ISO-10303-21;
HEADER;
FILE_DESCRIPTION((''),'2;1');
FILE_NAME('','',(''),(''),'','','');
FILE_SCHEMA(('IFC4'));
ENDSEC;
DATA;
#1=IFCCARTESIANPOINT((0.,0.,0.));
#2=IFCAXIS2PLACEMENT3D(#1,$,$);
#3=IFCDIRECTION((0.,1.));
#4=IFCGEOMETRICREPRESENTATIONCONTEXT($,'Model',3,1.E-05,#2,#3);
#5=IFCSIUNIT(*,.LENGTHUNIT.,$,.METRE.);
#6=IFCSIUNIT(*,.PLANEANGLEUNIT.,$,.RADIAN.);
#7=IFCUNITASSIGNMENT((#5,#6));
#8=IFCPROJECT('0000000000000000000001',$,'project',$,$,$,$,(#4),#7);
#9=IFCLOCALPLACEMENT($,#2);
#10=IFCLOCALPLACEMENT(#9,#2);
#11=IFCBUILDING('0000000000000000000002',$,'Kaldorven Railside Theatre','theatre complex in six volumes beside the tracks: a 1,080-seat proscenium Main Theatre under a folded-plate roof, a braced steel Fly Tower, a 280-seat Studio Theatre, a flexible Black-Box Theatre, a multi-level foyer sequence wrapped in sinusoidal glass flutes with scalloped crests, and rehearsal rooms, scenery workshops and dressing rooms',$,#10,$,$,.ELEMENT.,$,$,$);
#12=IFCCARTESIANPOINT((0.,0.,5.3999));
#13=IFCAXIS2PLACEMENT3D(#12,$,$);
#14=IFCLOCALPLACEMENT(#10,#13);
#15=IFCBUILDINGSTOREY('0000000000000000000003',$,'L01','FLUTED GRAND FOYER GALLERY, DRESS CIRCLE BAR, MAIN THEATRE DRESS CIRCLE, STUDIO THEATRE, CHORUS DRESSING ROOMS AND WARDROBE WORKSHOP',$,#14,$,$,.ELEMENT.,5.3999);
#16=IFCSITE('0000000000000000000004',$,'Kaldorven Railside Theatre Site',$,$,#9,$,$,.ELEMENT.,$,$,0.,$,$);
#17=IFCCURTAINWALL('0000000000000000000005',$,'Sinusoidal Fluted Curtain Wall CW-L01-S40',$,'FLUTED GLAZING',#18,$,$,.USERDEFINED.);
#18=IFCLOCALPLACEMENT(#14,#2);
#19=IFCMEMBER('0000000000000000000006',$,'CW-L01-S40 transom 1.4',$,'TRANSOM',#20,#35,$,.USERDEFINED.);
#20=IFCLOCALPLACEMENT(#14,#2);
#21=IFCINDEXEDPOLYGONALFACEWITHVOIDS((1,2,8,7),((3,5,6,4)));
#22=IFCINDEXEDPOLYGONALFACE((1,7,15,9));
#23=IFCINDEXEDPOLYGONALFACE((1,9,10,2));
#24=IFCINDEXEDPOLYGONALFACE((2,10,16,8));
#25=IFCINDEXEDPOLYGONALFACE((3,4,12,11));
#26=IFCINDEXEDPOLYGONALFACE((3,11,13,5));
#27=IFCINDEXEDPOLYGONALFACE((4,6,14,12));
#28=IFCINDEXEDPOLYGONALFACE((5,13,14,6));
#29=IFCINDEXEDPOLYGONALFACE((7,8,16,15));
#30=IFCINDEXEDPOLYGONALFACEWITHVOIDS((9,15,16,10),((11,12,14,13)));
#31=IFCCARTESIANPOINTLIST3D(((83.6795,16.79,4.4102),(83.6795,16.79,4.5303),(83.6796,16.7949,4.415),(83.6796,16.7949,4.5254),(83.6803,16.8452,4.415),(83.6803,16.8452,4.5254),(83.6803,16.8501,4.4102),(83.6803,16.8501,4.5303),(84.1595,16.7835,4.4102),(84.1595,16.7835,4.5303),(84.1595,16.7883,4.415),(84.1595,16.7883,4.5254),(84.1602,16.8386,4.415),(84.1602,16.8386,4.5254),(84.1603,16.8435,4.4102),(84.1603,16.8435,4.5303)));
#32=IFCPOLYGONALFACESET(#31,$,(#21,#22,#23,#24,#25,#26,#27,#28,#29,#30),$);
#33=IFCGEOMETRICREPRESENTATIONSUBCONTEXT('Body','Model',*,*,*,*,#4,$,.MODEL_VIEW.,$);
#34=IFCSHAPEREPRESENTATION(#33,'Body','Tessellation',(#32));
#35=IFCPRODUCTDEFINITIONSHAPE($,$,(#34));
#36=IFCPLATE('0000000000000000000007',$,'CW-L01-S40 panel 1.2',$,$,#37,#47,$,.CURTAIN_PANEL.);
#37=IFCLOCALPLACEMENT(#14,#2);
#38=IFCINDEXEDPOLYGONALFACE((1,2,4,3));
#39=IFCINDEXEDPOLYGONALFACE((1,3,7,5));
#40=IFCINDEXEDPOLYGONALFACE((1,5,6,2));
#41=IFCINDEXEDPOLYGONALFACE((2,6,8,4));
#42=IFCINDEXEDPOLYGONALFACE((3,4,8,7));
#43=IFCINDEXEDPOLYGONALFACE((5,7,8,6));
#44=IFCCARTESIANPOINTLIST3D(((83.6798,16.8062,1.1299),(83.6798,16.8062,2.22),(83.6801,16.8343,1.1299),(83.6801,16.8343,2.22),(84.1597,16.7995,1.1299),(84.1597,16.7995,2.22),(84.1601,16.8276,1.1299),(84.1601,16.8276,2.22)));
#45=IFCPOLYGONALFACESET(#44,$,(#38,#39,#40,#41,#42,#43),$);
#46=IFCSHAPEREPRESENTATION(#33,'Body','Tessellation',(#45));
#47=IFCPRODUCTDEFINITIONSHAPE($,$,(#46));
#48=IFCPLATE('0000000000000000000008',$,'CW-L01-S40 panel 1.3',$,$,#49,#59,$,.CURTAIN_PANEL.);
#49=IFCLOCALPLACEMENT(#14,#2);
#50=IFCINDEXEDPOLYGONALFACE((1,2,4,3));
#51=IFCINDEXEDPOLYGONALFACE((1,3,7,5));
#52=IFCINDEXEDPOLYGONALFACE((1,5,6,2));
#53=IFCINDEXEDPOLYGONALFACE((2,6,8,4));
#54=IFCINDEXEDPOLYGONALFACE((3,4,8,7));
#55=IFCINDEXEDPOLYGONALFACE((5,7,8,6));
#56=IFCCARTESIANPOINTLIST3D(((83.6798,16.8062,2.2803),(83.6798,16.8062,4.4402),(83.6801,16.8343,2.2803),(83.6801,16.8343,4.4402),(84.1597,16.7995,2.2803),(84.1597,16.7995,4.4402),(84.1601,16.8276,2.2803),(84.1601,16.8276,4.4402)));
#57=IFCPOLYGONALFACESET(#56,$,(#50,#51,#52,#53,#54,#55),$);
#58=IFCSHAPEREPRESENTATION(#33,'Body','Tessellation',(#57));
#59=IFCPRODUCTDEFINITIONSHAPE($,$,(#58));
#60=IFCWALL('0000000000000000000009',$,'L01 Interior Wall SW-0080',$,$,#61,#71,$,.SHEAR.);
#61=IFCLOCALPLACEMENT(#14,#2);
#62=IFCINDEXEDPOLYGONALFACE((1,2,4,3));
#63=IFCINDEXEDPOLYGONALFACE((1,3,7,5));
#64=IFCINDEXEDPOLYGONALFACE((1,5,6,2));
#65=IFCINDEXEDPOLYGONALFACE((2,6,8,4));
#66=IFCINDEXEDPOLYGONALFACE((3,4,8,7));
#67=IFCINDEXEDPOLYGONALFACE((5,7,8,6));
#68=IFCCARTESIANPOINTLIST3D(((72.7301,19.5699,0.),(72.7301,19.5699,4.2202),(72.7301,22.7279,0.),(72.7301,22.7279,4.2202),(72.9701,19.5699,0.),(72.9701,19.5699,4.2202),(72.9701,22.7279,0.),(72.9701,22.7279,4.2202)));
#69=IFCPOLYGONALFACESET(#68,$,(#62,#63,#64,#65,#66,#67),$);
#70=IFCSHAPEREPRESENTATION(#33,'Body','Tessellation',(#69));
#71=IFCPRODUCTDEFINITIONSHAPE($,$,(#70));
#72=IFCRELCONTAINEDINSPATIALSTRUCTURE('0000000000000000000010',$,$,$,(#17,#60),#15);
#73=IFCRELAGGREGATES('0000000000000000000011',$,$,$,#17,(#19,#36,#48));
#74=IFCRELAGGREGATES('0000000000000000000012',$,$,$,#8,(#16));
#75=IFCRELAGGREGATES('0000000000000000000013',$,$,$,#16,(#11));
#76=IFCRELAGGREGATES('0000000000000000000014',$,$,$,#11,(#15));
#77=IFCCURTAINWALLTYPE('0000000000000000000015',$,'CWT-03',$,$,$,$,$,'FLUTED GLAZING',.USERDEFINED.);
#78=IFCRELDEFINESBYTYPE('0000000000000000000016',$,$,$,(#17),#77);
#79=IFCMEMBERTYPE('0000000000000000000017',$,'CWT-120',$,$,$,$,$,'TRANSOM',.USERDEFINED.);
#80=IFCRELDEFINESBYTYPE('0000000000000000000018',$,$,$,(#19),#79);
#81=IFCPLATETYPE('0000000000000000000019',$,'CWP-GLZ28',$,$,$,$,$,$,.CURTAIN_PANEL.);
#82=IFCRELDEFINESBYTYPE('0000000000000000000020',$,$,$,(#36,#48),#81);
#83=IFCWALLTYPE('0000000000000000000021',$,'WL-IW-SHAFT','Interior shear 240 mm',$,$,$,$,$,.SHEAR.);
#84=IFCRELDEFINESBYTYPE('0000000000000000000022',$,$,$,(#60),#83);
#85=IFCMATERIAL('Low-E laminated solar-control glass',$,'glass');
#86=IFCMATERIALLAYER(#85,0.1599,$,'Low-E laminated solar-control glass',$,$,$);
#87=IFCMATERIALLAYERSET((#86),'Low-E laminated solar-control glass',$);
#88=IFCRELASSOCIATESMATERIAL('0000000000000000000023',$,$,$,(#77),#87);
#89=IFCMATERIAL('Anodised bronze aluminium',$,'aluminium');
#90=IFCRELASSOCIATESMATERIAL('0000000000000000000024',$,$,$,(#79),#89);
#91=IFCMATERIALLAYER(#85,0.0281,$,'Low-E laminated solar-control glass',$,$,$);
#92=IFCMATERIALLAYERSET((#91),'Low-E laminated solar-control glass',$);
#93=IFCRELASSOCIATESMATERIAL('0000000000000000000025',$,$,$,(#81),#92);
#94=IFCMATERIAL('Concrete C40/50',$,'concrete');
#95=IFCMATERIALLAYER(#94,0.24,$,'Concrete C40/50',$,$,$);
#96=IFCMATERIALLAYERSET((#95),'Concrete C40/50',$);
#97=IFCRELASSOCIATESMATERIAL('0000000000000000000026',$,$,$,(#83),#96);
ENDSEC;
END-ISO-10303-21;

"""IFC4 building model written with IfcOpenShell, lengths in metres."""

from ifc_helpers import new_model, si_unit, direction, frame, frame_2d, origin, origin_2d, place, context, subcontext, project, spatial, rectangle, hollow_rectangle, extrude, material, layer, layer_set, material_profile, profile_set, type_object, element, aggregate, save


model = new_model("IFC4")

# Units and contexts
model_context = context("Model", 3, precision=1e-05, world=origin(), true_north=direction((0.0, 1.0)))
body_context = subcontext(model_context, "Body", "Model", "MODEL_VIEW")
ifc_project = project(units=[si_unit("LENGTHUNIT", "METRE"), si_unit("PLANEANGLEUNIT", "RADIAN")], contexts=[model_context])

# Site, building, storey
site_placement = place(None, origin())
site = spatial("IfcSite", under=ifc_project, at=site_placement, Name="Kaldorven Railside Theatre Site", CompositionType="ELEMENT", RefElevation=0.0)
building_placement = place(site_placement, origin())
building = spatial("IfcBuilding", under=site, at=building_placement, Name="Kaldorven Railside Theatre", Description="theatre complex in six volumes beside the tracks: a 1,080-seat proscenium Main Theatre under a folded-plate roof, a braced steel Fly Tower, a 280-seat Studio Theatre, a flexible Black-Box Theatre, a multi-level foyer sequence wrapped in sinusoidal glass flutes with scalloped crests, and rehearsal rooms, scenery workshops and dressing rooms", CompositionType="ELEMENT")
storey_placement = place(building_placement, frame((0.0, 0.0, 5.3999)))
storey = spatial("IfcBuildingStorey", under=building, at=storey_placement, Name="L01", Description="FLUTED GRAND FOYER GALLERY, DRESS CIRCLE BAR, MAIN THEATRE DRESS CIRCLE, STUDIO THEATRE, CHORUS DRESSING ROOMS AND WARDROBE WORKSHOP", CompositionType="ELEMENT", Elevation=5.3999)

# Shared definitions
ifc_material_1 = material(Name="Concrete C40/50", Category="concrete")

# Curtain wall
ifc_material_2 = material(Name="Low-E laminated solar-control glass", Category="glass")
ifc_layer_1 = layer(ifc_material_2, 0.1599, Name="Low-E laminated solar-control glass")
ifc_layer_set_1 = layer_set([ifc_layer_1], Name="Low-E laminated solar-control glass")
curtain_wall_type_1 = type_object("IfcCurtainWallType", Name="CWT-03", ElementType="FLUTED GLAZING", PredefinedType="USERDEFINED", material=ifc_layer_set_1)
curtain_wall_1_placement = place(storey_placement, origin())
curtain_wall_1 = element("IfcCurtainWall", 1, at=curtain_wall_1_placement, inside=storey, type_object=curtain_wall_type_1, Name="Sinusoidal Fluted Curtain Wall CW-L01-S40", ObjectType="FLUTED GLAZING", PredefinedType="USERDEFINED")
ifc_material_3 = material(Name="Anodised bronze aluminium", Category="aluminium")

# Shared definitions
ifc_material_profile_1 = material_profile(ifc_material_3, hollow_rectangle(XDim=0.0601, YDim=0.1201, WallThickness=0.0049, at=origin_2d()), Name="RHS 120x60x5")
ifc_profile_set_1 = profile_set([ifc_material_profile_1], Name="Anodised bronze aluminium")
member_type_1 = type_object("IfcMemberType", Name="CWT-120", ElementType="TRANSOM", PredefinedType="USERDEFINED", material=ifc_profile_set_1)

# Member
member_1_placement = place(storey_placement, frame((83.6799, 16.8201, 4.4702), z_axis=(0.999906, -0.013732, 0.0), x_axis=(0.013732, 0.999906, 0.0)))
member_1 = element("IfcMember", 2, at=member_1_placement, type_object=member_type_1, Name="CW-L01-S40 transom 1.4", ObjectType="TRANSOM", PredefinedType="USERDEFINED", context=body_context, shape_type="SweptSolid", body=[
    extrude(hollow_rectangle(XDim=0.0601, YDim=0.1201, WallThickness=0.0049, at=origin_2d()), origin(), (0.0, 0.0, 1.0), 0.48),
])

# Plates
ifc_layer_2 = layer(ifc_material_2, 0.0281, Name="Low-E laminated solar-control glass")
ifc_layer_set_2 = layer_set([ifc_layer_2], Name="Low-E laminated solar-control glass")
plate_type = type_object("IfcPlateType", Name="CWP-GLZ28", PredefinedType="CURTAIN_PANEL", material=ifc_layer_set_2)
plate_1_placement = place(storey_placement, frame((83.9199, 16.8169, 1.1299), z_axis=(0.0, 0.0, 1.0), x_axis=(0.999904, -0.013832, 0.0)))
plate_1 = element("IfcPlate", 3, at=plate_1_placement, type_object=plate_type, Name="CW-L01-S40 panel 1.2", PredefinedType="CURTAIN_PANEL", context=body_context, shape_type="SweptSolid", body=[
    extrude(rectangle(XDim=0.48, YDim=0.0281, at=origin_2d()), origin(), (0.0, 0.0, 1.0), 1.0901),
])
plate_2_placement = place(storey_placement, frame((83.9199, 16.8169, 2.2803), z_axis=(0.0, 0.0, 1.0), x_axis=(0.999904, -0.013832, 0.0)))
plate_2 = element("IfcPlate", 4, at=plate_2_placement, type_object=plate_type, Name="CW-L01-S40 panel 1.3", PredefinedType="CURTAIN_PANEL", context=body_context, shape_type="SweptSolid", body=[
    extrude(rectangle(XDim=0.48, YDim=0.0281, at=origin_2d()), origin(), (0.0, 0.0, 1.0), 2.1599),
])
aggregate(curtain_wall_1, [member_1, plate_1, plate_2])

# Wall
ifc_layer_3 = layer(ifc_material_1, 0.24, Name="Concrete C40/50")
ifc_layer_set_3 = layer_set([ifc_layer_3], Name="Concrete C40/50")
wall_type = type_object("IfcWallType", Name="WL-IW-SHAFT", Description="Interior shear 240 mm", PredefinedType="SHEAR", material=ifc_layer_set_3)
wall_1_placement = place(storey_placement, frame((72.8501, 22.728, 0.0), z_axis=(0.0, 0.0, 1.0), x_axis=(0.0, -1.0, 0.0)))
element("IfcWall", 5, at=wall_1_placement, inside=storey, type_object=wall_type, Name="L01 Interior Wall SW-0080", PredefinedType="SHEAR", context=body_context, shape_type="SweptSolid", body=[
    extrude(rectangle(XDim=3.158, YDim=0.24, at=frame_2d((1.5791, 0.0))), origin(), (0.0, 0.0, 1.0), 4.2202),
])

save(model, "model.ifc")
